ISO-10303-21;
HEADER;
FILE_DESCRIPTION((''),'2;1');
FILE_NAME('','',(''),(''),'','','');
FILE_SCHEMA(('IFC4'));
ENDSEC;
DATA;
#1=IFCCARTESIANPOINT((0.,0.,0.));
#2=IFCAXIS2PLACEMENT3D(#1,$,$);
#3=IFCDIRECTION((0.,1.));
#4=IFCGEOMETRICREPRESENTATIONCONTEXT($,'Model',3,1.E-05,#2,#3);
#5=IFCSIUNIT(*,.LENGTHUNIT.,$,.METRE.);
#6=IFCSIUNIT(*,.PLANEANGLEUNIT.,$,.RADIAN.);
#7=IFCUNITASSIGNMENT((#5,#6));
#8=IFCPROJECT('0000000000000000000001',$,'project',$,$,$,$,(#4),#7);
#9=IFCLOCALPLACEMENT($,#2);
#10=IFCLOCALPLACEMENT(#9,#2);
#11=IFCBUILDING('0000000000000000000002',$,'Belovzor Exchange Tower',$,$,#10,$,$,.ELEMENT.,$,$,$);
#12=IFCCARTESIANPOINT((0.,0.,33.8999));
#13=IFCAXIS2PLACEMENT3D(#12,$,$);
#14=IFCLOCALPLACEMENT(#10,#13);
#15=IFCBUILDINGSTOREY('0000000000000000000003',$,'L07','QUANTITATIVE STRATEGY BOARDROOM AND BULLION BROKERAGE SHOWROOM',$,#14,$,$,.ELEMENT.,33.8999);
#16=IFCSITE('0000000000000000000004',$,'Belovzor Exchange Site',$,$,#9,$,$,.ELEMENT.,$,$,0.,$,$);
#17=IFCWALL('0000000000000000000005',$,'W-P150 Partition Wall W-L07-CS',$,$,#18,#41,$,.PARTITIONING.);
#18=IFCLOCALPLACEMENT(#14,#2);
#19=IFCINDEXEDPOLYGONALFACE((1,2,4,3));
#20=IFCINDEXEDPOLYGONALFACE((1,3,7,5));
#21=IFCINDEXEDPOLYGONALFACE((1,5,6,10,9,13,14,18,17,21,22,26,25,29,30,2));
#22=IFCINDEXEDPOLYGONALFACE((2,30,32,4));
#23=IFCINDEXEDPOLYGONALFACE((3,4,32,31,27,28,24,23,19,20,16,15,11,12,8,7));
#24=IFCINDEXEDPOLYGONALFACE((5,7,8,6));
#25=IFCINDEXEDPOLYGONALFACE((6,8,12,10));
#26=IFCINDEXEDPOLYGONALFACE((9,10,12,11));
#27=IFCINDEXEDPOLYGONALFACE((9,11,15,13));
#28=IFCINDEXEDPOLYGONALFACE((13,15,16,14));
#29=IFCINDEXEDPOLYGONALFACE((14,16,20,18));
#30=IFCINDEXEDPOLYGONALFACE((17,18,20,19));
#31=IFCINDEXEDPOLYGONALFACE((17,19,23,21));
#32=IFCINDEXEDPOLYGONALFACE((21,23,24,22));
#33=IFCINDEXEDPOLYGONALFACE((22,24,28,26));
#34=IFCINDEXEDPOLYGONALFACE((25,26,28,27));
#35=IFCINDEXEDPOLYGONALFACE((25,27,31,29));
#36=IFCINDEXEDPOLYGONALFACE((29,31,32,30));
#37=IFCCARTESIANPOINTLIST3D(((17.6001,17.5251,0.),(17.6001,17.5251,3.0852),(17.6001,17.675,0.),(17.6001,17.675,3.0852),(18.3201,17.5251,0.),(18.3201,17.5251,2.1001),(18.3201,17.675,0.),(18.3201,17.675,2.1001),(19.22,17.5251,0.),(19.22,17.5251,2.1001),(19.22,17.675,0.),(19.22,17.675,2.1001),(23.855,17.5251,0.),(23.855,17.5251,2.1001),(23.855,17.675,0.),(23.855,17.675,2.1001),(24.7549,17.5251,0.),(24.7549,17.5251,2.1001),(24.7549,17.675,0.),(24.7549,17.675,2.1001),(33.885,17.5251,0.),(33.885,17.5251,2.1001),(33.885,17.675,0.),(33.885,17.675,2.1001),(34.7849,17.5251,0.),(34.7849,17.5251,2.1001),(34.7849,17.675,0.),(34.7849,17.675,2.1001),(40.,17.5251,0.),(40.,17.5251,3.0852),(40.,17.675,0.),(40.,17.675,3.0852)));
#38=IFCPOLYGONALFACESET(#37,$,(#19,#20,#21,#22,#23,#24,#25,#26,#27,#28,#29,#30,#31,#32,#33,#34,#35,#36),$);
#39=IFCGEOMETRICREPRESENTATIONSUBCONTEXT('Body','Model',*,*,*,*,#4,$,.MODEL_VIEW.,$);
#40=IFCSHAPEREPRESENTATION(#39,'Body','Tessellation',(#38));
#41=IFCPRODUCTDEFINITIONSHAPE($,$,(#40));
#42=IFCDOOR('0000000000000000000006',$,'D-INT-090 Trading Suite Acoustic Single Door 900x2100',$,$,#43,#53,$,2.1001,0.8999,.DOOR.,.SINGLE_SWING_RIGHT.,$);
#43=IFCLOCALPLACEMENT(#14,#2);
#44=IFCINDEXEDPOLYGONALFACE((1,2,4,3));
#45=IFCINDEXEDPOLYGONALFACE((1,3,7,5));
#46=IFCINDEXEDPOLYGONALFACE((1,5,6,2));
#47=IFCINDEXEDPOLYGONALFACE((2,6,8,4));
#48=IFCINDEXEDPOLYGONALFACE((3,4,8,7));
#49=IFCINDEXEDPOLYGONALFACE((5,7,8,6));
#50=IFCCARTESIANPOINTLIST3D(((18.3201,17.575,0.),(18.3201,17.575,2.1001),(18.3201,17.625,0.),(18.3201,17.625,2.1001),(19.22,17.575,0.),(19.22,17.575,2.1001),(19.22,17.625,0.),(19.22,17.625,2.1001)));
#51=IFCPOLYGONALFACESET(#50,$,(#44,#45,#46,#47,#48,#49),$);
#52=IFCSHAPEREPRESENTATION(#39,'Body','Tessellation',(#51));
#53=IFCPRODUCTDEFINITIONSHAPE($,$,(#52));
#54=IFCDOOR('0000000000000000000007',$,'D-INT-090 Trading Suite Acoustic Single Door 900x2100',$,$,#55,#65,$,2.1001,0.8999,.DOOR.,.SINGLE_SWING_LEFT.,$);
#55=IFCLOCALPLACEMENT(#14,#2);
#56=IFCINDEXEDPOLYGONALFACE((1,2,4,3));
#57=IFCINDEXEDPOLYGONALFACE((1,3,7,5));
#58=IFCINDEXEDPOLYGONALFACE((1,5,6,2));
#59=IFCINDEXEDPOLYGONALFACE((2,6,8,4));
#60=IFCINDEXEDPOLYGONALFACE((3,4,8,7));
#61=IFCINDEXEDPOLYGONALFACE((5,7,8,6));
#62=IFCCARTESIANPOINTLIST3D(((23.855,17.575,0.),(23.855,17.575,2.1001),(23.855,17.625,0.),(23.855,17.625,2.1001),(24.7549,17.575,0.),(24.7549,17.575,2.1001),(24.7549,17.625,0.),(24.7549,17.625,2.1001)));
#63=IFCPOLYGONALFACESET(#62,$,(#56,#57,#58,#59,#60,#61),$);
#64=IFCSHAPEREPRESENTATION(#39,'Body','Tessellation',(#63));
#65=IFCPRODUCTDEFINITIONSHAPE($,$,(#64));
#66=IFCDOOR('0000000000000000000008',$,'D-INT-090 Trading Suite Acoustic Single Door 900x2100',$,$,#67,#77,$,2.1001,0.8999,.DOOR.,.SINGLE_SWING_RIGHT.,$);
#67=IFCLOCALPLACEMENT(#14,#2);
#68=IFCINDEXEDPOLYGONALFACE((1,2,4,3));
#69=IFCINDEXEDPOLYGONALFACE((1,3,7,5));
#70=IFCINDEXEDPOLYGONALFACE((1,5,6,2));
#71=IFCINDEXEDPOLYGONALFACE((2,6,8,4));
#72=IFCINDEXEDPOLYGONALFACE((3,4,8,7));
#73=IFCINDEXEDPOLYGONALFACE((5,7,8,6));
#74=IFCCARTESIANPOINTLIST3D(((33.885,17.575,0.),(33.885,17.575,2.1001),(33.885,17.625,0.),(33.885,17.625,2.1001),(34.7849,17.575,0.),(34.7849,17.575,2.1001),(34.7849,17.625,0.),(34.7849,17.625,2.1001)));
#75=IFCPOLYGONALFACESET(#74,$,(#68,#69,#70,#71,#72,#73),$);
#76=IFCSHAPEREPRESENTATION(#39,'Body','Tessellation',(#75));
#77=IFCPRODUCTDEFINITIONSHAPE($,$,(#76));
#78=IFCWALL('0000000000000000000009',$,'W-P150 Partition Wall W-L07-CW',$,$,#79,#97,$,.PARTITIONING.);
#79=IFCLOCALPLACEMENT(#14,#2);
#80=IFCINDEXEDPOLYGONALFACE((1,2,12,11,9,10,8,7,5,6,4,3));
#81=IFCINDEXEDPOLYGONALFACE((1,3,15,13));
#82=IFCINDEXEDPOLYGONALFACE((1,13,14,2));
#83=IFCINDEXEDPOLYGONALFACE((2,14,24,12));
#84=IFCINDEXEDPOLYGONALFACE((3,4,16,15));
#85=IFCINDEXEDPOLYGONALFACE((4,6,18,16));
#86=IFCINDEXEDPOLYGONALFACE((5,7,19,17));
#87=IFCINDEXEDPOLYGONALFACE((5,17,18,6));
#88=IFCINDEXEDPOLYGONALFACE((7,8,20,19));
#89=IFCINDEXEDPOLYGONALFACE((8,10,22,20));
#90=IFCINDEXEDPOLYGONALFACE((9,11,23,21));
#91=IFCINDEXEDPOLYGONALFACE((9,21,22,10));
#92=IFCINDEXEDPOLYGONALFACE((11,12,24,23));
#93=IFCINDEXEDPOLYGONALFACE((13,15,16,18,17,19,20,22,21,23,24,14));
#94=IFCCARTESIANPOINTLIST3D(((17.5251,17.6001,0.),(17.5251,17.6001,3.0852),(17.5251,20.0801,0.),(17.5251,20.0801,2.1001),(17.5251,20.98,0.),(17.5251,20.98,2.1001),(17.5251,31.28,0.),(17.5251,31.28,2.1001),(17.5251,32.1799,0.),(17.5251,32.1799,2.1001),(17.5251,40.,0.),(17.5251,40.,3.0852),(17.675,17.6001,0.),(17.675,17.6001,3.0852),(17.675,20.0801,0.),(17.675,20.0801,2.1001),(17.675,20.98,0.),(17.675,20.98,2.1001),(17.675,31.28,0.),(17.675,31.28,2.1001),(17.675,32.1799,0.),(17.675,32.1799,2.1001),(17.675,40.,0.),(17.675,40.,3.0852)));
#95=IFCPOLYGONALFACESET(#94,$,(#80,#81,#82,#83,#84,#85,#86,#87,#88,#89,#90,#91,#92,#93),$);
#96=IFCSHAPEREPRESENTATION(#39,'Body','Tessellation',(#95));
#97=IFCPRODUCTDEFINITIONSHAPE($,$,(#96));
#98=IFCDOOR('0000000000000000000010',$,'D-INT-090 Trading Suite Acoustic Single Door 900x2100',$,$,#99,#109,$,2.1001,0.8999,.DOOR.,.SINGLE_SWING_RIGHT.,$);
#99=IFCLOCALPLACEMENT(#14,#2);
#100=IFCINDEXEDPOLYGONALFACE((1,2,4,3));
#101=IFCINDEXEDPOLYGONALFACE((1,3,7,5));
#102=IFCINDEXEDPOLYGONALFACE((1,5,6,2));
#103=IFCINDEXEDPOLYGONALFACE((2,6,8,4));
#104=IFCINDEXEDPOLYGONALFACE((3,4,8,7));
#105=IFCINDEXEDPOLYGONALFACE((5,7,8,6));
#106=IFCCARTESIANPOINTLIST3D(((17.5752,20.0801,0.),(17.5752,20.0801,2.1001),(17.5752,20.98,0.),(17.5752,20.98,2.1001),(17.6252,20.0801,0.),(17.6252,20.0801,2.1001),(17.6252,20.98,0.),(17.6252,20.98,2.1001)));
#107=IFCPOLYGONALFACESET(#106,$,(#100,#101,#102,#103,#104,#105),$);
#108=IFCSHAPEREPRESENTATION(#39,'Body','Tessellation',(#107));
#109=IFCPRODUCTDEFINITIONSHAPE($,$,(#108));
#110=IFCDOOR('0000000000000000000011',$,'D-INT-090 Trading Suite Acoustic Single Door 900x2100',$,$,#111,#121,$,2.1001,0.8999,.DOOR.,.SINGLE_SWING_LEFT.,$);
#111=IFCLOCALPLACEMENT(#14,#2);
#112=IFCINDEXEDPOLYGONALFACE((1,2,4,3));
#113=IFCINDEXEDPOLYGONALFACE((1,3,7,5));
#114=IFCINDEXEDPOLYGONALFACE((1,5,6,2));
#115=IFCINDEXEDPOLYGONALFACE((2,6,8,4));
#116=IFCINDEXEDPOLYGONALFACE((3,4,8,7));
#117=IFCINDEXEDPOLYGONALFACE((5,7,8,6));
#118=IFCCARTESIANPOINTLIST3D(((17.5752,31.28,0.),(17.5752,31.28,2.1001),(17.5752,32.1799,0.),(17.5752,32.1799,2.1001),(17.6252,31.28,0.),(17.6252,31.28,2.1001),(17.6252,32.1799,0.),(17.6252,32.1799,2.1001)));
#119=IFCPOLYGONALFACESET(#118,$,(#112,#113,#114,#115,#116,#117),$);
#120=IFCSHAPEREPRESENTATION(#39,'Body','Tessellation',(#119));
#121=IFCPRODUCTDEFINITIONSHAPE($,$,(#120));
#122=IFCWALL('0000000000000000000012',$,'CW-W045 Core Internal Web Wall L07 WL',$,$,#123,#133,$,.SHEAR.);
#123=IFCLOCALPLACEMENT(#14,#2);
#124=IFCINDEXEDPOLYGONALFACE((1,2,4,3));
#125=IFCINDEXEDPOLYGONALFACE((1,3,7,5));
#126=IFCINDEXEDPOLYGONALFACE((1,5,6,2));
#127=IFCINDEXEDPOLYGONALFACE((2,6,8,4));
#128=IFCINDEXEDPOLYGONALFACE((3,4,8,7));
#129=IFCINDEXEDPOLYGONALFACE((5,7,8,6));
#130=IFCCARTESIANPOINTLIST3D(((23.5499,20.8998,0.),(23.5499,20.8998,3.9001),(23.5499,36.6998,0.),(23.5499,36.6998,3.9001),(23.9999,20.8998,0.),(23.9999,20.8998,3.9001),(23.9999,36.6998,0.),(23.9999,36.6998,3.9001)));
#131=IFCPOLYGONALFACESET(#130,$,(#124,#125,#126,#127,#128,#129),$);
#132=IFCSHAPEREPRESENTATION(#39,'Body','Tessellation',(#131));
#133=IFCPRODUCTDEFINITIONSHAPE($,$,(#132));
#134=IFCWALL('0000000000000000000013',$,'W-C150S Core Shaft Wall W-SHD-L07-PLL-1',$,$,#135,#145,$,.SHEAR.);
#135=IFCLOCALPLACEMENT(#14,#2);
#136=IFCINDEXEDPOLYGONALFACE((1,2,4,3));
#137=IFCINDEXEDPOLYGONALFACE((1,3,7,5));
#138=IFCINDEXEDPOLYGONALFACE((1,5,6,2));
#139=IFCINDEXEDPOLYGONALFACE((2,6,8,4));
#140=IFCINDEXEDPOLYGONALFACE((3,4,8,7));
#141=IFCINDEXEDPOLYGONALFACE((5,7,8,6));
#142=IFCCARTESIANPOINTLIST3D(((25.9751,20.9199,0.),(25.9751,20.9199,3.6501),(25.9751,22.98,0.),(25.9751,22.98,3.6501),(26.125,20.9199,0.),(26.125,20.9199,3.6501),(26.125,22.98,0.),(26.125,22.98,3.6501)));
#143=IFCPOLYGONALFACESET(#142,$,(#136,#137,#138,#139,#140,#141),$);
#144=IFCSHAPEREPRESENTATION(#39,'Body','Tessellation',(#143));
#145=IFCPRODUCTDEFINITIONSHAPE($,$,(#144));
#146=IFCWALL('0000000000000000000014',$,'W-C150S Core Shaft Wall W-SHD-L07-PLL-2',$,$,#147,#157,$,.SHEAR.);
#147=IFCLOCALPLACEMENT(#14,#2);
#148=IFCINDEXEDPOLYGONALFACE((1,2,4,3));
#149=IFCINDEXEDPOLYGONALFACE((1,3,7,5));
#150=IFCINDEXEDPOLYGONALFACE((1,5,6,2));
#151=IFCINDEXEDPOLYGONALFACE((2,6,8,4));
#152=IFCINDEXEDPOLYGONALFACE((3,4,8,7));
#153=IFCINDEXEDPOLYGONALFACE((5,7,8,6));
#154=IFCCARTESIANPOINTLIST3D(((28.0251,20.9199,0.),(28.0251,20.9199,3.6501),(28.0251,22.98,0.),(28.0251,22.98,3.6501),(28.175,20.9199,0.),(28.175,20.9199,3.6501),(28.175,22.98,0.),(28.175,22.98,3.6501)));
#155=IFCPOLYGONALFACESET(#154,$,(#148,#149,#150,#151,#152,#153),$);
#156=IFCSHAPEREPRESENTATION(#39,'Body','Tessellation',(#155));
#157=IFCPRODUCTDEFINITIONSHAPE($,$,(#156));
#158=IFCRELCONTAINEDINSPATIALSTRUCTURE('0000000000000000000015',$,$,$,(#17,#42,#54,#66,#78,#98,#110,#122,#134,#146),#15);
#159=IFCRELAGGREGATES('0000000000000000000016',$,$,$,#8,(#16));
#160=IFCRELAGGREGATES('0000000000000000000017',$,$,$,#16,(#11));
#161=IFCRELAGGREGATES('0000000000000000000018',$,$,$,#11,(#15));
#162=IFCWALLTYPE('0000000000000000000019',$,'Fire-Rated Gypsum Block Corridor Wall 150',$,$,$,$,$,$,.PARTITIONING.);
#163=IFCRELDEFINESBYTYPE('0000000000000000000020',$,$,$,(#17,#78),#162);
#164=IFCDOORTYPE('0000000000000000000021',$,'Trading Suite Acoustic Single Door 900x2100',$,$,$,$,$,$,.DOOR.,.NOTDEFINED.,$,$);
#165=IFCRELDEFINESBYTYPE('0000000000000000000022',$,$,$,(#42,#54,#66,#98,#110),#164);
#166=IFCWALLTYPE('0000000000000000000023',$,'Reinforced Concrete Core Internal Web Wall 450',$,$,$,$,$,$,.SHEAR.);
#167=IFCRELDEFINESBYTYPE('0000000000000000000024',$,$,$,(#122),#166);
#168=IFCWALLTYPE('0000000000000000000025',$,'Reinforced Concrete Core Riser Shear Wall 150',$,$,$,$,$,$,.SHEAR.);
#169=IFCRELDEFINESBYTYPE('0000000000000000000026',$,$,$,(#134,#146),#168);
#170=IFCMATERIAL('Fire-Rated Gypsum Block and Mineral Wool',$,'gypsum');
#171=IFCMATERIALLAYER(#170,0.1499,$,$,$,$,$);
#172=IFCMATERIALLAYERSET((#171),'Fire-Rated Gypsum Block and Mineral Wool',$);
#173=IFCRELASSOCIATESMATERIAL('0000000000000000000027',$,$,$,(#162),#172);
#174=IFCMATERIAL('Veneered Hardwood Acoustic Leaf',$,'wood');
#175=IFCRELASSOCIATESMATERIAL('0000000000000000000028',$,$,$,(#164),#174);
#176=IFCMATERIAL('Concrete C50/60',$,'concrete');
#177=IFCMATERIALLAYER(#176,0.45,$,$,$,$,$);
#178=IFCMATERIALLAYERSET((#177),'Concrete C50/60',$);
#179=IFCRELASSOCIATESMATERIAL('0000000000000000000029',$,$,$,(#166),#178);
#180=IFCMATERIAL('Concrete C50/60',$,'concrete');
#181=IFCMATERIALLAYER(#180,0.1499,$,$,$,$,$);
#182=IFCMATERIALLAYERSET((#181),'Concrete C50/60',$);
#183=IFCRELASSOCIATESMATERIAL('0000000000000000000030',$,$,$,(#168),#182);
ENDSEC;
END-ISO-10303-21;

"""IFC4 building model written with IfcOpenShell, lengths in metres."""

from ifc_helpers import new_model, si_unit, direction, frame, frame_2d, origin, place, context, subcontext, project, spatial, rectangle, extrude, material, layer, layer_set, type_object, element, fill, save


model = new_model("IFC4")

# Units and contexts
model_context = context("Model", 3, precision=1e-05, world=origin(), true_north=direction((0.0, 1.0)))
body_context = subcontext(model_context, "Body", "Model", "MODEL_VIEW")
ifc_project = project(units=[si_unit("LENGTHUNIT", "METRE"), si_unit("PLANEANGLEUNIT", "RADIAN")], contexts=[model_context])

# Site, building, storey
site_placement = place(None, origin())
site = spatial("IfcSite", under=ifc_project, at=site_placement, Name="Belovzor Exchange Site", CompositionType="ELEMENT", RefElevation=0.0)
building_placement = place(site_placement, origin())
building = spatial("IfcBuilding", under=site, at=building_placement, Name="Belovzor Exchange Tower", CompositionType="ELEMENT")
storey_placement = place(building_placement, frame((0.0, 0.0, 33.8999)))
storey = spatial("IfcBuildingStorey", under=building, at=storey_placement, Name="L07", Description="QUANTITATIVE STRATEGY BOARDROOM AND BULLION BROKERAGE SHOWROOM", CompositionType="ELEMENT", Elevation=33.8999)

# Walls, openings, doors
ifc_material_1 = material(Name="Fire-Rated Gypsum Block and Mineral Wool", Category="gypsum")
ifc_layer_1 = layer(ifc_material_1, 0.1499)
ifc_layer_set_1 = layer_set([ifc_layer_1], Name="Fire-Rated Gypsum Block and Mineral Wool")
wall_type_1 = type_object("IfcWallType", Name="Fire-Rated Gypsum Block Corridor Wall 150", PredefinedType="PARTITIONING", material=ifc_layer_set_1)
wall_1_placement = place(storey_placement, frame((17.6001, 17.6001, 0.0), z_axis=(0.0, 0.0, 1.0), x_axis=(1.0, 0.0, 0.0)))
wall_1 = element("IfcWall", 1, at=wall_1_placement, inside=storey, type_object=wall_type_1, Name="W-P150 Partition Wall W-L07-CS", PredefinedType="PARTITIONING", context=body_context, shape_type="SweptSolid", body=[
    extrude(rectangle(XDim=22.3999, YDim=0.1499, at=frame_2d((11.2, 0.0))), origin(), (0.0, 0.0, 1.0), 3.0852),
])
opening_1_placement = place(wall_1_placement, frame((0.72, 0.0, 0.0)))
opening_1 = element("IfcOpeningElement", 2, at=opening_1_placement, cuts=wall_1, PredefinedType="OPENING", context=body_context, shape_type="SweptSolid", body=[
    extrude(rectangle(XDim=0.8999, YDim=2.1001, at=frame_2d((0.45, 1.05))), frame((0.0, 0.085, 0.0), z_axis=(0.0, -1.0, 0.0), x_axis=(1.0, 0.0, 0.0)), (0.0, 0.0, 1.0), 0.1699),
])
opening_2_placement = place(wall_1_placement, frame((6.2549, 0.0, 0.0)))
opening_2 = element("IfcOpeningElement", 3, at=opening_2_placement, cuts=wall_1, PredefinedType="OPENING", context=body_context, shape_type="SweptSolid", body=[
    extrude(rectangle(XDim=0.8999, YDim=2.1001, at=frame_2d((0.45, 1.05))), frame((0.0, 0.085, 0.0), z_axis=(0.0, -1.0, 0.0), x_axis=(1.0, 0.0, 0.0)), (0.0, 0.0, 1.0), 0.1699),
])
opening_3_placement = place(wall_1_placement, frame((16.2849, 0.0, 0.0)))
opening_3 = element("IfcOpeningElement", 4, at=opening_3_placement, cuts=wall_1, PredefinedType="OPENING", context=body_context, shape_type="SweptSolid", body=[
    extrude(rectangle(XDim=0.8999, YDim=2.1001, at=frame_2d((0.45, 1.05))), frame((0.0, 0.085, 0.0), z_axis=(0.0, -1.0, 0.0), x_axis=(1.0, 0.0, 0.0)), (0.0, 0.0, 1.0), 0.1699),
])
ifc_material_2 = material(Name="Veneered Hardwood Acoustic Leaf", Category="wood")
door_type_1 = type_object("IfcDoorType", Name="Trading Suite Acoustic Single Door 900x2100", OperationType="NOTDEFINED", PredefinedType="DOOR", material=ifc_material_2)
door_1_placement = place(opening_1_placement, origin())
door_1 = element("IfcDoor", 5, at=door_1_placement, inside=storey, type_object=door_type_1, Name="D-INT-090 Trading Suite Acoustic Single Door 900x2100", OperationType="SINGLE_SWING_RIGHT", OverallHeight=2.1001, OverallWidth=0.8999, PredefinedType="DOOR", context=body_context, shape_type="SweptSolid", body=[
    extrude(rectangle(XDim=0.8999, YDim=2.1001, at=frame_2d((0.45, 1.05))), frame((0.0, 0.0249, 0.0), z_axis=(0.0, -1.0, 0.0), x_axis=(1.0, 0.0, 0.0)), (0.0, 0.0, 1.0), 0.05),
])
fill(opening_1, door_1)
door_2_placement = place(opening_2_placement, origin())
door_2 = element("IfcDoor", 6, at=door_2_placement, inside=storey, type_object=door_type_1, Name="D-INT-090 Trading Suite Acoustic Single Door 900x2100", OperationType="SINGLE_SWING_LEFT", OverallHeight=2.1001, OverallWidth=0.8999, PredefinedType="DOOR", context=body_context, shape_type="SweptSolid", body=[
    extrude(rectangle(XDim=0.8999, YDim=2.1001, at=frame_2d((0.45, 1.05))), frame((0.0, 0.0249, 0.0), z_axis=(0.0, -1.0, 0.0), x_axis=(1.0, 0.0, 0.0)), (0.0, 0.0, 1.0), 0.05),
])
fill(opening_2, door_2)
door_3_placement = place(opening_3_placement, origin())
door_3 = element("IfcDoor", 7, at=door_3_placement, inside=storey, type_object=door_type_1, Name="D-INT-090 Trading Suite Acoustic Single Door 900x2100", OperationType="SINGLE_SWING_RIGHT", OverallHeight=2.1001, OverallWidth=0.8999, PredefinedType="DOOR", context=body_context, shape_type="SweptSolid", body=[
    extrude(rectangle(XDim=0.8999, YDim=2.1001, at=frame_2d((0.45, 1.05))), frame((0.0, 0.0249, 0.0), z_axis=(0.0, -1.0, 0.0), x_axis=(1.0, 0.0, 0.0)), (0.0, 0.0, 1.0), 0.05),
])
fill(opening_3, door_3)
wall_2_placement = place(storey_placement, frame((17.6001, 17.6001, 0.0), z_axis=(0.0, 0.0, 1.0), x_axis=(0.0, 1.0, 0.0)))
wall_2 = element("IfcWall", 8, at=wall_2_placement, inside=storey, type_object=wall_type_1, Name="W-P150 Partition Wall W-L07-CW", PredefinedType="PARTITIONING", context=body_context, shape_type="SweptSolid", body=[
    extrude(rectangle(XDim=22.3999, YDim=0.1499, at=frame_2d((11.2, 0.0))), origin(), (0.0, 0.0, 1.0), 3.0852),
])
opening_4_placement = place(wall_2_placement, frame((2.48, 0.0, 0.0)))
opening_4 = element("IfcOpeningElement", 9, at=opening_4_placement, cuts=wall_2, PredefinedType="OPENING", context=body_context, shape_type="SweptSolid", body=[
    extrude(rectangle(XDim=0.8999, YDim=2.1001, at=frame_2d((0.45, 1.05))), frame((0.0, 0.085, 0.0), z_axis=(0.0, -1.0, 0.0), x_axis=(1.0, 0.0, 0.0)), (0.0, 0.0, 1.0), 0.1699),
])
opening_5_placement = place(wall_2_placement, frame((13.6799, 0.0, 0.0)))
opening_5 = element("IfcOpeningElement", 10, at=opening_5_placement, cuts=wall_2, PredefinedType="OPENING", context=body_context, shape_type="SweptSolid", body=[
    extrude(rectangle(XDim=0.8999, YDim=2.1001, at=frame_2d((0.45, 1.05))), frame((0.0, 0.085, 0.0), z_axis=(0.0, -1.0, 0.0), x_axis=(1.0, 0.0, 0.0)), (0.0, 0.0, 1.0), 0.1699),
])
door_4_placement = place(opening_4_placement, origin())
door_4 = element("IfcDoor", 11, at=door_4_placement, inside=storey, type_object=door_type_1, Name="D-INT-090 Trading Suite Acoustic Single Door 900x2100", OperationType="SINGLE_SWING_RIGHT", OverallHeight=2.1001, OverallWidth=0.8999, PredefinedType="DOOR", context=body_context, shape_type="SweptSolid", body=[
    extrude(rectangle(XDim=0.8999, YDim=2.1001, at=frame_2d((0.45, 1.05))), frame((0.0, 0.0249, 0.0), z_axis=(0.0, -1.0, 0.0), x_axis=(1.0, 0.0, 0.0)), (0.0, 0.0, 1.0), 0.05),
])
fill(opening_4, door_4)
door_5_placement = place(opening_5_placement, origin())
door_5 = element("IfcDoor", 12, at=door_5_placement, inside=storey, type_object=door_type_1, Name="D-INT-090 Trading Suite Acoustic Single Door 900x2100", OperationType="SINGLE_SWING_LEFT", OverallHeight=2.1001, OverallWidth=0.8999, PredefinedType="DOOR", context=body_context, shape_type="SweptSolid", body=[
    extrude(rectangle(XDim=0.8999, YDim=2.1001, at=frame_2d((0.45, 1.05))), frame((0.0, 0.0249, 0.0), z_axis=(0.0, -1.0, 0.0), x_axis=(1.0, 0.0, 0.0)), (0.0, 0.0, 1.0), 0.05),
])
fill(opening_5, door_5)

# Walls
ifc_material_3 = material(Name="Concrete C50/60", Category="concrete")
ifc_layer_2 = layer(ifc_material_3, 0.45)
ifc_layer_set_2 = layer_set([ifc_layer_2], Name="Concrete C50/60")
wall_type_2 = type_object("IfcWallType", Name="Reinforced Concrete Core Internal Web Wall 450", PredefinedType="SHEAR", material=ifc_layer_set_2)
wall_3_placement = place(storey_placement, frame((23.7749, 20.8999, 0.0), z_axis=(0.0, 0.0, 1.0), x_axis=(0.0, 1.0, 0.0)))
element("IfcWall", 13, at=wall_3_placement, inside=storey, type_object=wall_type_2, Name="CW-W045 Core Internal Web Wall L07 WL", PredefinedType="SHEAR", context=body_context, shape_type="SweptSolid", body=[
    extrude(rectangle(XDim=15.8, YDim=0.45, at=frame_2d((7.8999, 0.0))), origin(), (0.0, 0.0, 1.0), 3.9001),
])
ifc_material_4 = material(Name="Concrete C50/60", Category="concrete")
ifc_layer_3 = layer(ifc_material_4, 0.1499)
ifc_layer_set_3 = layer_set([ifc_layer_3], Name="Concrete C50/60")
wall_type_3 = type_object("IfcWallType", Name="Reinforced Concrete Core Riser Shear Wall 150", PredefinedType="SHEAR", material=ifc_layer_set_3)
for number, where, z_axis, x_axis, name in (
    (14, (26.05, 20.9199, 0.0), (0.0, 0.0, 1.0), (0.0, 1.0, 0.0), "W-C150S Core Shaft Wall W-SHD-L07-PLL-1"),
    (15, (28.1001, 20.9199, 0.0), (0.0, 0.0, 1.0), (0.0, 1.0, 0.0), "W-C150S Core Shaft Wall W-SHD-L07-PLL-2"),
):
    element("IfcWall", number, at=place(storey_placement, frame(where, z_axis=z_axis, x_axis=x_axis)), inside=storey, type_object=wall_type_3, Name=name, PredefinedType="SHEAR", context=body_context, shape_type="SweptSolid", body=[
        extrude(rectangle(XDim=2.0601, YDim=0.1499, at=frame_2d((1.03, 0.0))), origin(), (0.0, 0.0, 1.0), 3.6501),
    ])

save(model, "model.ifc")
